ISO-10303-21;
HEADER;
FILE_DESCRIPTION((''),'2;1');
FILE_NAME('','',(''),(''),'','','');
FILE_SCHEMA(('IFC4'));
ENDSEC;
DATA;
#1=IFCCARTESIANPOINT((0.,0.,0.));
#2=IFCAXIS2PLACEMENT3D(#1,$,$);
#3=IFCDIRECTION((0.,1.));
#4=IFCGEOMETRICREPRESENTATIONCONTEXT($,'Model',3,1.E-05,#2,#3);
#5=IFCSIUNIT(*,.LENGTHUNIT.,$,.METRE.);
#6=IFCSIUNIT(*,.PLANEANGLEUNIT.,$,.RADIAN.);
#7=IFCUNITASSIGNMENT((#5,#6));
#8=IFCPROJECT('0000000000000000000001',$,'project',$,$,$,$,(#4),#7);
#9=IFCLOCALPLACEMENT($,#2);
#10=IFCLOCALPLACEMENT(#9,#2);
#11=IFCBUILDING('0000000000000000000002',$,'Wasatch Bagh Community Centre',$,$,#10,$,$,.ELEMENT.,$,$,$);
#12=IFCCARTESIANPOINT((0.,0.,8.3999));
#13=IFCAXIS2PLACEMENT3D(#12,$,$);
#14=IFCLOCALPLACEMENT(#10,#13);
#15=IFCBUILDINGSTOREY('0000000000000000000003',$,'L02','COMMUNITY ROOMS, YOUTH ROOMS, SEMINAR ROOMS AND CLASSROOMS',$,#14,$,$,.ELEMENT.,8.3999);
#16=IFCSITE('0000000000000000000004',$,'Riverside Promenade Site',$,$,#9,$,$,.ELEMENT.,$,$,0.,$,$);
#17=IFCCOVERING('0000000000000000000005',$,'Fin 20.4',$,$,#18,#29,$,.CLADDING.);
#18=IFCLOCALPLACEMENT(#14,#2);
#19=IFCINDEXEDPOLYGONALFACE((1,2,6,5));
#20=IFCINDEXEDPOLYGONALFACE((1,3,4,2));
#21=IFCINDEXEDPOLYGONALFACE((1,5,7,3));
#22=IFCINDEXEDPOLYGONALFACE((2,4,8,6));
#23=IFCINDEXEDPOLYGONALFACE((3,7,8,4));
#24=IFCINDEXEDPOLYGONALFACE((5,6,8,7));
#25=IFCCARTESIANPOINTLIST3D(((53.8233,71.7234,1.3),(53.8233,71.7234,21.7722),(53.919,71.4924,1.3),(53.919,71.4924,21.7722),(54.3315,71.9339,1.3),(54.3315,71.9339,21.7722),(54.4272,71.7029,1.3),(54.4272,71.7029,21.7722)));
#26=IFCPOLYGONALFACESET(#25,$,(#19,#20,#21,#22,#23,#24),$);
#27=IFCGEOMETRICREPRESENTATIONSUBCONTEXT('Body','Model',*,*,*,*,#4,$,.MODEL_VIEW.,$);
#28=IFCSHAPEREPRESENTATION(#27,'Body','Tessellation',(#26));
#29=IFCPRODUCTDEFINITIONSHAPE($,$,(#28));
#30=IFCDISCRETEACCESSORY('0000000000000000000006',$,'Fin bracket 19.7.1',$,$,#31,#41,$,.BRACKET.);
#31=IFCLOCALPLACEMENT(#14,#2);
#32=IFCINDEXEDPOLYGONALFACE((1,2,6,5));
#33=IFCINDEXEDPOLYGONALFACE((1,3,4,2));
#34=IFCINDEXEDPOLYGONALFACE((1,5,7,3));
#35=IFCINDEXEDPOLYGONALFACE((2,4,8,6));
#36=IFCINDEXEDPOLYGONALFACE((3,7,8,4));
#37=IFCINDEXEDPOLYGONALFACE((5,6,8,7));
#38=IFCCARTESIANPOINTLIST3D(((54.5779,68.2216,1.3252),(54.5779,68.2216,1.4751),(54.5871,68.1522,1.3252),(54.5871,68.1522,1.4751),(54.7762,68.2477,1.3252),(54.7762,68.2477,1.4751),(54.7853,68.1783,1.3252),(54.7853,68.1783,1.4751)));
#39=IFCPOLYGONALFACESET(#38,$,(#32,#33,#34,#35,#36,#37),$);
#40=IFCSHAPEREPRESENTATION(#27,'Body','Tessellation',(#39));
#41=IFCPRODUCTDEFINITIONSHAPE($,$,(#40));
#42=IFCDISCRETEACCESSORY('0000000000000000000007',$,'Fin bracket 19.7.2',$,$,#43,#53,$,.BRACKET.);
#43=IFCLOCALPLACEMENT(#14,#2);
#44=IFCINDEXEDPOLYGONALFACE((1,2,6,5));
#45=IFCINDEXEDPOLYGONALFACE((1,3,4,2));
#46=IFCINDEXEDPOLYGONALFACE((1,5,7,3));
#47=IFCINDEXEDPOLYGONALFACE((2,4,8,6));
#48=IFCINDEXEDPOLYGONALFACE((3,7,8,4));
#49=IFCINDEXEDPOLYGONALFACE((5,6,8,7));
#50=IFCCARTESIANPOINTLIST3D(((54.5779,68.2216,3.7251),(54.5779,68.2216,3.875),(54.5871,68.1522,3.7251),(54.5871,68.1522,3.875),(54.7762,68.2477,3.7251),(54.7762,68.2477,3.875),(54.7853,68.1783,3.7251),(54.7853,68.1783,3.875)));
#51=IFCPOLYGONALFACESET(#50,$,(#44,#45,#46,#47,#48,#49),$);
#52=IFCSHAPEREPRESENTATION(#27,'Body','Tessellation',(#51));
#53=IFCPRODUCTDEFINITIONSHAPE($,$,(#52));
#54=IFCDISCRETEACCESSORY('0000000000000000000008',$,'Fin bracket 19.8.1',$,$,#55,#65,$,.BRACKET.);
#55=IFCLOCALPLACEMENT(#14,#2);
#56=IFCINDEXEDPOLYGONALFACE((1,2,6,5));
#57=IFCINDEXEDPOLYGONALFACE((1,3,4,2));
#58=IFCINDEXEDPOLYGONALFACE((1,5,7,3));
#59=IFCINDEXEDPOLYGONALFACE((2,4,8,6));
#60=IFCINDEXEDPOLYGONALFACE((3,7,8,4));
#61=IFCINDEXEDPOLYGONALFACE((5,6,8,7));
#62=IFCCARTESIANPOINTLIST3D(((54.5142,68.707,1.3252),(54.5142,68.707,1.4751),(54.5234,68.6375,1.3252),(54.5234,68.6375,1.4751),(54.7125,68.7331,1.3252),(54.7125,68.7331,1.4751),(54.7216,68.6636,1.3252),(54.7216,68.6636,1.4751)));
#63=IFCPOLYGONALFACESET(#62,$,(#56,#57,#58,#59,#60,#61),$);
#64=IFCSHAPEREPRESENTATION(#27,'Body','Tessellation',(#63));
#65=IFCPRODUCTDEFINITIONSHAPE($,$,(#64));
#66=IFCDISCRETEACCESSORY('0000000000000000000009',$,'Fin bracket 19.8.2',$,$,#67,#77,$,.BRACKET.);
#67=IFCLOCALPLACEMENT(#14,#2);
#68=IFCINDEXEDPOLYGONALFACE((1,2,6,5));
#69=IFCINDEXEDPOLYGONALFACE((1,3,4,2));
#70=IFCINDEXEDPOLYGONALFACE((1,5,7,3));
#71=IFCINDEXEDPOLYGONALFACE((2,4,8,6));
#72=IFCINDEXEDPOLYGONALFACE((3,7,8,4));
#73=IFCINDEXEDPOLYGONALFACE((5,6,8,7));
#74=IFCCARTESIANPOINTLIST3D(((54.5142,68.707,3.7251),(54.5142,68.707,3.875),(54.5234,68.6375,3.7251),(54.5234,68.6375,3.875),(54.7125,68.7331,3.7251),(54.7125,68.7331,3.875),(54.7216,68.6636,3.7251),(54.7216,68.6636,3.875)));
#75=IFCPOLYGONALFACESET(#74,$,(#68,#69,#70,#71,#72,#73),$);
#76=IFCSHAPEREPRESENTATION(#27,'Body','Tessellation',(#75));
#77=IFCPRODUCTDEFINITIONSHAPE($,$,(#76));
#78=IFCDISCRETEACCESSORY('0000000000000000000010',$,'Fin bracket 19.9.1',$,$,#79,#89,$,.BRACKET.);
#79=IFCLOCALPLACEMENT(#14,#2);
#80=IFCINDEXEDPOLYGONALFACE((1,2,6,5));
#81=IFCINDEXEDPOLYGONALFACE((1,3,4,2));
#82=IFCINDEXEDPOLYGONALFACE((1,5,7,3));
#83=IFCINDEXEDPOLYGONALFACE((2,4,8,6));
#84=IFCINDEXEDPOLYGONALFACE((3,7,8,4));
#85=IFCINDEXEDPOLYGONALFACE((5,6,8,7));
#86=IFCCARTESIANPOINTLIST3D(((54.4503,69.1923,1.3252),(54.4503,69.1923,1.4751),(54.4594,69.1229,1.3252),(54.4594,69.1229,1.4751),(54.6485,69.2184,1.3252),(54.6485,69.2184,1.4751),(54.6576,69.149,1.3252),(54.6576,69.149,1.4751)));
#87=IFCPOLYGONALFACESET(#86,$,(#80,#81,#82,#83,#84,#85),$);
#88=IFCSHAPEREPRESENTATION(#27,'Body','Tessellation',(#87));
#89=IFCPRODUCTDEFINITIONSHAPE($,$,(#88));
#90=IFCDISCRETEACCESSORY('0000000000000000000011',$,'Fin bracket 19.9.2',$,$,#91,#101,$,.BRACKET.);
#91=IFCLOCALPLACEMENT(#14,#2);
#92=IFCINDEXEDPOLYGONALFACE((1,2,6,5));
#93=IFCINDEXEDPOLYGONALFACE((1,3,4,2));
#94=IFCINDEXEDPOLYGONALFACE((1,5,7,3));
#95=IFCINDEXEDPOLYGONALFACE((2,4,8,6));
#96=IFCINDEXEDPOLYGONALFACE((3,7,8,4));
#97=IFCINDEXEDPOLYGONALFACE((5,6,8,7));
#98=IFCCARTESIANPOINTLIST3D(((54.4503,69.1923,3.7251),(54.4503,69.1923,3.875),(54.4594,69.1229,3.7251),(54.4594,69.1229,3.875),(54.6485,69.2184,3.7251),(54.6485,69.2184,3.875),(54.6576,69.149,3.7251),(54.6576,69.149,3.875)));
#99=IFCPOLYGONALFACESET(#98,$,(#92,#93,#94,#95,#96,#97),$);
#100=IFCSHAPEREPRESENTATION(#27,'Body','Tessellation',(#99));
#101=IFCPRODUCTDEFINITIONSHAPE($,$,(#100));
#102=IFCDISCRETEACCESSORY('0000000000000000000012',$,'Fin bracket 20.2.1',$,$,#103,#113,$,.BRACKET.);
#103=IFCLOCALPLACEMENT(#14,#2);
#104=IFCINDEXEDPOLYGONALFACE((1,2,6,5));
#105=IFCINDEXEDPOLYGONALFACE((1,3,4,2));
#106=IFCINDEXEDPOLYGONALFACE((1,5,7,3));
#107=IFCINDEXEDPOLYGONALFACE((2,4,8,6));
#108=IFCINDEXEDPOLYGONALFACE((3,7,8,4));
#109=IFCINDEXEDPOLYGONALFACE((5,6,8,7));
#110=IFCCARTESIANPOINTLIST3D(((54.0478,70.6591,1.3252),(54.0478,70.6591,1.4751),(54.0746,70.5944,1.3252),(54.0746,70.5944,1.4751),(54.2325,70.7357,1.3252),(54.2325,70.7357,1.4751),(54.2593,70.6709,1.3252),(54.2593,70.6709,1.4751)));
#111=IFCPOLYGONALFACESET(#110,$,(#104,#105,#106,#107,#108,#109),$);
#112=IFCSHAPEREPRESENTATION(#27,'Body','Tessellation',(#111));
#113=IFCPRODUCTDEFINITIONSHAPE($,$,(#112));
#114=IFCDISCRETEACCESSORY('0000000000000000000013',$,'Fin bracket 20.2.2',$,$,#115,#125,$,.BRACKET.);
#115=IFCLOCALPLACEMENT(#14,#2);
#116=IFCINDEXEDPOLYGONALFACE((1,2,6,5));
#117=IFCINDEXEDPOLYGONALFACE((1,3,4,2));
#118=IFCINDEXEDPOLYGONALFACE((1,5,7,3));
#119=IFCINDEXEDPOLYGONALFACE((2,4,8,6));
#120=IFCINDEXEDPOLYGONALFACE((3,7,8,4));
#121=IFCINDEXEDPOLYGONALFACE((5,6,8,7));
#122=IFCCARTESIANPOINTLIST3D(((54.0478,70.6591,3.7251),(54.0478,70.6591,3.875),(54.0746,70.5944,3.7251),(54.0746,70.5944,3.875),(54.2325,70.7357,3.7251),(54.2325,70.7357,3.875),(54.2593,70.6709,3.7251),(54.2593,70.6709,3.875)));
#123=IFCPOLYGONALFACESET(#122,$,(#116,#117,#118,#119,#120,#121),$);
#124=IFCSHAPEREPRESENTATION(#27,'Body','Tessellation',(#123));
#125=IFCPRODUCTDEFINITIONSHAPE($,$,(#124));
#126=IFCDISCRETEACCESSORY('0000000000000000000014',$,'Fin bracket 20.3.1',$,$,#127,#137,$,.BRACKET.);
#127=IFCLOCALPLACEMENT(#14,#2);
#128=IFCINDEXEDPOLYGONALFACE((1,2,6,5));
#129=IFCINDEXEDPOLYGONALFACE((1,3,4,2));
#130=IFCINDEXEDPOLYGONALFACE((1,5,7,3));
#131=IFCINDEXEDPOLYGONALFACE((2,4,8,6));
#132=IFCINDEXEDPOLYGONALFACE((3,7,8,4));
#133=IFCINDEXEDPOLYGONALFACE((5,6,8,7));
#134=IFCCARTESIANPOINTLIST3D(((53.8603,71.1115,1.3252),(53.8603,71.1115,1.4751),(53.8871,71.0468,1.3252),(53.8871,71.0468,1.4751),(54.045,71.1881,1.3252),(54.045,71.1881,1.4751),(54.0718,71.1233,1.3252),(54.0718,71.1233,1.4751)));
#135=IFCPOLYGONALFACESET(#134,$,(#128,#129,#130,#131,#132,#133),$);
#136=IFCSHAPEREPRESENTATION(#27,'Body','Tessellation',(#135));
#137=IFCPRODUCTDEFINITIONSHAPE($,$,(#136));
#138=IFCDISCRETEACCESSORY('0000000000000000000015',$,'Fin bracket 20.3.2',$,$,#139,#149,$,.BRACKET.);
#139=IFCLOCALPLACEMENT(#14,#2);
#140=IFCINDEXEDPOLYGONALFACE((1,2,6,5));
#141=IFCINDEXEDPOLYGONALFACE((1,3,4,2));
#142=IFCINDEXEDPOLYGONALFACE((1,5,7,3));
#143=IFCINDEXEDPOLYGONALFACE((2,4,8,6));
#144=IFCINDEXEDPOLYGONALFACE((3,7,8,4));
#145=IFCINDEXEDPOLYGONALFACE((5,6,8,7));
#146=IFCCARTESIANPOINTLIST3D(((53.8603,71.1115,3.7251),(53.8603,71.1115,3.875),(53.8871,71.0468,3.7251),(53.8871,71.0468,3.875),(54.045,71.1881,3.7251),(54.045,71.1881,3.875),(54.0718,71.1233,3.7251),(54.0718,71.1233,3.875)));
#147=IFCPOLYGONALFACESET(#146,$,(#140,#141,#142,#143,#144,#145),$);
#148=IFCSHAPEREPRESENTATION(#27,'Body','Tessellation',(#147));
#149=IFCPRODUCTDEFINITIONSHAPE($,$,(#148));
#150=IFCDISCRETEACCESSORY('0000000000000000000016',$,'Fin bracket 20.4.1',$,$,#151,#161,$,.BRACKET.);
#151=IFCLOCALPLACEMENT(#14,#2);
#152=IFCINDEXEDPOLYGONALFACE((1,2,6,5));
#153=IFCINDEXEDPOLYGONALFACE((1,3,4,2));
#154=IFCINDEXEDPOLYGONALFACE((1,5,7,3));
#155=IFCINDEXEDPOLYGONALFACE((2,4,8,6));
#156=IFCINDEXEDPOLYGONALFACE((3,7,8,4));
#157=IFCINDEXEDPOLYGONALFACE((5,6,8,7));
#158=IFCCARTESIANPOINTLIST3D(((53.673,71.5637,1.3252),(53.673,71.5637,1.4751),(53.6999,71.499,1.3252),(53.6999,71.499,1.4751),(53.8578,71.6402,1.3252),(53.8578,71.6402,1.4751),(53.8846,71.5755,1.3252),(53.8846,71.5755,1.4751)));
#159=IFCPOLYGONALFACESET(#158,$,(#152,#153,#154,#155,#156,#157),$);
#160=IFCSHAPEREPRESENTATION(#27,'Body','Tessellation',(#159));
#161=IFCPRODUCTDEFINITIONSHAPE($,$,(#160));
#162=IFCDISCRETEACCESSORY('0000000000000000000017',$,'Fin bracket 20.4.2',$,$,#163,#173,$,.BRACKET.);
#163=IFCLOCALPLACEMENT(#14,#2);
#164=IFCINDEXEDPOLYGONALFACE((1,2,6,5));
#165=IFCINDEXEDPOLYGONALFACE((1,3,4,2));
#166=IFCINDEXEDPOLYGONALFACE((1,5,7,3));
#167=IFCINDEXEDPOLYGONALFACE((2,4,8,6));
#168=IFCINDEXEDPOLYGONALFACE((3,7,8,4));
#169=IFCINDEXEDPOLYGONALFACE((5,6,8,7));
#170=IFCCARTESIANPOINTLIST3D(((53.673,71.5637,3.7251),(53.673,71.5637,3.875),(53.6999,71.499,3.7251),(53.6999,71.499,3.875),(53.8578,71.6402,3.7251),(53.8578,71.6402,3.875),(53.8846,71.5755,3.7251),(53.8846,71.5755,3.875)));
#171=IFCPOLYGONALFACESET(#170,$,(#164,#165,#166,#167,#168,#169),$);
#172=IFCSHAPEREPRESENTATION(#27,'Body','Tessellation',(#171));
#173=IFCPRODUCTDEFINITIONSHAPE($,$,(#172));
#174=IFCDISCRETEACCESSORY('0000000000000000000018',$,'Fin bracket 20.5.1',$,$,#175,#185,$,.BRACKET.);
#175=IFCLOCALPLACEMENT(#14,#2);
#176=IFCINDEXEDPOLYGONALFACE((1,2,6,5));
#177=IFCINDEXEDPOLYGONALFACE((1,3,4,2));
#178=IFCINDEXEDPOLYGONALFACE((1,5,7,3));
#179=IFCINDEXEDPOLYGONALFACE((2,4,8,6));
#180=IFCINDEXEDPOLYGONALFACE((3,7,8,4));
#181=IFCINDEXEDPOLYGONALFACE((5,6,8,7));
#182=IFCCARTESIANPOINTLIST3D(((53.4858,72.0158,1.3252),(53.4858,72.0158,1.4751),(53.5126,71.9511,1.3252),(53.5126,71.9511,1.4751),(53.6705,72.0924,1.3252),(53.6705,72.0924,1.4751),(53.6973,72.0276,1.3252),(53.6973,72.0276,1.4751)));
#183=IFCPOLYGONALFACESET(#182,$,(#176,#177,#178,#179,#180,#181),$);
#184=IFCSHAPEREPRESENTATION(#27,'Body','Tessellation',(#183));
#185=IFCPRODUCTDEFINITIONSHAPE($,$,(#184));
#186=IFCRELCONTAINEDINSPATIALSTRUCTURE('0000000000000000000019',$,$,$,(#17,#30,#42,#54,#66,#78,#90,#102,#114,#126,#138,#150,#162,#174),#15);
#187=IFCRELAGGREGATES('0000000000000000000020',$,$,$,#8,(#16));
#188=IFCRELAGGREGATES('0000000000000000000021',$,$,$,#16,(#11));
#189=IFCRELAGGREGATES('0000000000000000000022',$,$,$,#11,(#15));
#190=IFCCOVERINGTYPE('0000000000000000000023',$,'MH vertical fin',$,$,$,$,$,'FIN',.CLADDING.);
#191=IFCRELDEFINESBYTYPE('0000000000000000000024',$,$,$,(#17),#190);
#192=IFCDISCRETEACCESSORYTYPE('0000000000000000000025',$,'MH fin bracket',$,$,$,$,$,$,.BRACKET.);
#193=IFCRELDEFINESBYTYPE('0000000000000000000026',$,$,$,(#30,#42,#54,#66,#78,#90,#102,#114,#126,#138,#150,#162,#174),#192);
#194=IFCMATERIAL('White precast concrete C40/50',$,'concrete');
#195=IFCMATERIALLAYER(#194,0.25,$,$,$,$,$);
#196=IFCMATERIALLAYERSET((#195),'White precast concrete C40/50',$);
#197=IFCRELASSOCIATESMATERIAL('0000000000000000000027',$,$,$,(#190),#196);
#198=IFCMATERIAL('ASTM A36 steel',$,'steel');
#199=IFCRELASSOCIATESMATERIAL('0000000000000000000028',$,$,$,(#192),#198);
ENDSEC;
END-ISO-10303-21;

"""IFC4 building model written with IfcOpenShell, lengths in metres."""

from ifc_helpers import new_model, si_unit, direction, frame, origin, origin_2d, place, context, subcontext, project, spatial, rectangle, extrude, material, layer, layer_set, type_object, element, save


model = new_model("IFC4")

# Units and contexts
model_context = context("Model", 3, precision=1e-05, world=origin(), true_north=direction((0.0, 1.0)))
body_context = subcontext(model_context, "Body", "Model", "MODEL_VIEW")
ifc_project = project(units=[si_unit("LENGTHUNIT", "METRE"), si_unit("PLANEANGLEUNIT", "RADIAN")], contexts=[model_context])

# Site, building, storey
site_placement = place(None, origin())
site = spatial("IfcSite", under=ifc_project, at=site_placement, Name="Riverside Promenade Site", CompositionType="ELEMENT", RefElevation=0.0)
building_placement = place(site_placement, origin())
building = spatial("IfcBuilding", under=site, at=building_placement, Name="Wasatch Bagh Community Centre", CompositionType="ELEMENT")
storey_placement = place(building_placement, frame((0.0, 0.0, 8.3999)))
storey = spatial("IfcBuildingStorey", under=building, at=storey_placement, Name="L02", Description="COMMUNITY ROOMS, YOUTH ROOMS, SEMINAR ROOMS AND CLASSROOMS", CompositionType="ELEMENT", Elevation=8.3999)

# Covering
ifc_material_1 = material(Name="White precast concrete C40/50", Category="concrete")
ifc_layer_1 = layer(ifc_material_1, 0.25)
ifc_layer_set_1 = layer_set([ifc_layer_1], Name="White precast concrete C40/50")
covering_type_1 = type_object("IfcCoveringType", Name="MH vertical fin", ElementType="FIN", PredefinedType="CLADDING", material=ifc_layer_set_1)
covering_1_placement = place(storey_placement, frame((54.1252, 71.7131, 1.3), z_axis=(0.0, 0.0, 1.0), x_axis=(-0.382683, 0.92388, 0.0)))
element("IfcCovering", 1, at=covering_1_placement, inside=storey, type_object=covering_type_1, Name="Fin 20.4", PredefinedType="CLADDING", context=body_context, shape_type="SweptSolid", body=[
    extrude(rectangle(XDim=0.25, YDim=0.55, at=origin_2d()), origin(), (0.0, 0.0, 1.0), 20.4722),
])

# Discrete accessories
ifc_material_2 = material(Name="ASTM A36 steel", Category="steel")
discrete_accessory_type = type_object("IfcDiscreteAccessoryType", Name="MH fin bracket", PredefinedType="BRACKET", material=ifc_material_2)
for number, where, z_axis, x_axis, name in (
    (2, (54.6816, 68.2, 1.3252), (0.0, 0.0, 1.0), (-0.130526, 0.991445, 0.0), "Fin bracket 19.7.1"),
    (3, (54.6816, 68.2, 3.7251), (0.0, 0.0, 1.0), (-0.130526, 0.991445, 0.0), "Fin bracket 19.7.2"),
    (4, (54.6179, 68.6853, 1.3252), (0.0, 0.0, 1.0), (-0.130526, 0.991445, 0.0), "Fin bracket 19.8.1"),
    (5, (54.6179, 68.6853, 3.7251), (0.0, 0.0, 1.0), (-0.130526, 0.991445, 0.0), "Fin bracket 19.8.2"),
    (6, (54.554, 69.1707, 1.3252), (0.0, 0.0, 1.0), (-0.130526, 0.991445, 0.0), "Fin bracket 19.9.1"),
    (7, (54.554, 69.1707, 3.7251), (0.0, 0.0, 1.0), (-0.130526, 0.991445, 0.0), "Fin bracket 19.9.2"),
    (8, (54.1536, 70.665, 1.3252), (0.0, 0.0, 1.0), (-0.382683, 0.92388, 0.0), "Fin bracket 20.2.1"),
    (9, (54.1536, 70.665, 3.7251), (0.0, 0.0, 1.0), (-0.382683, 0.92388, 0.0), "Fin bracket 20.2.2"),
    (10, (53.9661, 71.1174, 1.3252), (0.0, 0.0, 1.0), (-0.382683, 0.92388, 0.0), "Fin bracket 20.3.1"),
    (11, (53.9661, 71.1174, 3.7251), (0.0, 0.0, 1.0), (-0.382683, 0.92388, 0.0), "Fin bracket 20.3.2"),
    (12, (53.7788, 71.5696, 1.3252), (0.0, 0.0, 1.0), (-0.382683, 0.92388, 0.0), "Fin bracket 20.4.1"),
    (13, (53.7788, 71.5696, 3.7251), (0.0, 0.0, 1.0), (-0.382683, 0.92388, 0.0), "Fin bracket 20.4.2"),
    (14, (53.5916, 72.0217, 1.3252), (0.0, 0.0, 1.0), (-0.382683, 0.92388, 0.0), "Fin bracket 20.5.1"),
):
    element("IfcDiscreteAccessory", number, at=place(storey_placement, frame(where, z_axis=z_axis, x_axis=x_axis)), inside=storey, type_object=discrete_accessory_type, Name=name, PredefinedType="BRACKET", context=body_context, shape_type="SweptSolid", body=[
        extrude(rectangle(XDim=0.0701, YDim=0.2, at=origin_2d()), origin(), (0.0, 0.0, 1.0), 0.1499),
    ])

save(model, "model.ifc")
